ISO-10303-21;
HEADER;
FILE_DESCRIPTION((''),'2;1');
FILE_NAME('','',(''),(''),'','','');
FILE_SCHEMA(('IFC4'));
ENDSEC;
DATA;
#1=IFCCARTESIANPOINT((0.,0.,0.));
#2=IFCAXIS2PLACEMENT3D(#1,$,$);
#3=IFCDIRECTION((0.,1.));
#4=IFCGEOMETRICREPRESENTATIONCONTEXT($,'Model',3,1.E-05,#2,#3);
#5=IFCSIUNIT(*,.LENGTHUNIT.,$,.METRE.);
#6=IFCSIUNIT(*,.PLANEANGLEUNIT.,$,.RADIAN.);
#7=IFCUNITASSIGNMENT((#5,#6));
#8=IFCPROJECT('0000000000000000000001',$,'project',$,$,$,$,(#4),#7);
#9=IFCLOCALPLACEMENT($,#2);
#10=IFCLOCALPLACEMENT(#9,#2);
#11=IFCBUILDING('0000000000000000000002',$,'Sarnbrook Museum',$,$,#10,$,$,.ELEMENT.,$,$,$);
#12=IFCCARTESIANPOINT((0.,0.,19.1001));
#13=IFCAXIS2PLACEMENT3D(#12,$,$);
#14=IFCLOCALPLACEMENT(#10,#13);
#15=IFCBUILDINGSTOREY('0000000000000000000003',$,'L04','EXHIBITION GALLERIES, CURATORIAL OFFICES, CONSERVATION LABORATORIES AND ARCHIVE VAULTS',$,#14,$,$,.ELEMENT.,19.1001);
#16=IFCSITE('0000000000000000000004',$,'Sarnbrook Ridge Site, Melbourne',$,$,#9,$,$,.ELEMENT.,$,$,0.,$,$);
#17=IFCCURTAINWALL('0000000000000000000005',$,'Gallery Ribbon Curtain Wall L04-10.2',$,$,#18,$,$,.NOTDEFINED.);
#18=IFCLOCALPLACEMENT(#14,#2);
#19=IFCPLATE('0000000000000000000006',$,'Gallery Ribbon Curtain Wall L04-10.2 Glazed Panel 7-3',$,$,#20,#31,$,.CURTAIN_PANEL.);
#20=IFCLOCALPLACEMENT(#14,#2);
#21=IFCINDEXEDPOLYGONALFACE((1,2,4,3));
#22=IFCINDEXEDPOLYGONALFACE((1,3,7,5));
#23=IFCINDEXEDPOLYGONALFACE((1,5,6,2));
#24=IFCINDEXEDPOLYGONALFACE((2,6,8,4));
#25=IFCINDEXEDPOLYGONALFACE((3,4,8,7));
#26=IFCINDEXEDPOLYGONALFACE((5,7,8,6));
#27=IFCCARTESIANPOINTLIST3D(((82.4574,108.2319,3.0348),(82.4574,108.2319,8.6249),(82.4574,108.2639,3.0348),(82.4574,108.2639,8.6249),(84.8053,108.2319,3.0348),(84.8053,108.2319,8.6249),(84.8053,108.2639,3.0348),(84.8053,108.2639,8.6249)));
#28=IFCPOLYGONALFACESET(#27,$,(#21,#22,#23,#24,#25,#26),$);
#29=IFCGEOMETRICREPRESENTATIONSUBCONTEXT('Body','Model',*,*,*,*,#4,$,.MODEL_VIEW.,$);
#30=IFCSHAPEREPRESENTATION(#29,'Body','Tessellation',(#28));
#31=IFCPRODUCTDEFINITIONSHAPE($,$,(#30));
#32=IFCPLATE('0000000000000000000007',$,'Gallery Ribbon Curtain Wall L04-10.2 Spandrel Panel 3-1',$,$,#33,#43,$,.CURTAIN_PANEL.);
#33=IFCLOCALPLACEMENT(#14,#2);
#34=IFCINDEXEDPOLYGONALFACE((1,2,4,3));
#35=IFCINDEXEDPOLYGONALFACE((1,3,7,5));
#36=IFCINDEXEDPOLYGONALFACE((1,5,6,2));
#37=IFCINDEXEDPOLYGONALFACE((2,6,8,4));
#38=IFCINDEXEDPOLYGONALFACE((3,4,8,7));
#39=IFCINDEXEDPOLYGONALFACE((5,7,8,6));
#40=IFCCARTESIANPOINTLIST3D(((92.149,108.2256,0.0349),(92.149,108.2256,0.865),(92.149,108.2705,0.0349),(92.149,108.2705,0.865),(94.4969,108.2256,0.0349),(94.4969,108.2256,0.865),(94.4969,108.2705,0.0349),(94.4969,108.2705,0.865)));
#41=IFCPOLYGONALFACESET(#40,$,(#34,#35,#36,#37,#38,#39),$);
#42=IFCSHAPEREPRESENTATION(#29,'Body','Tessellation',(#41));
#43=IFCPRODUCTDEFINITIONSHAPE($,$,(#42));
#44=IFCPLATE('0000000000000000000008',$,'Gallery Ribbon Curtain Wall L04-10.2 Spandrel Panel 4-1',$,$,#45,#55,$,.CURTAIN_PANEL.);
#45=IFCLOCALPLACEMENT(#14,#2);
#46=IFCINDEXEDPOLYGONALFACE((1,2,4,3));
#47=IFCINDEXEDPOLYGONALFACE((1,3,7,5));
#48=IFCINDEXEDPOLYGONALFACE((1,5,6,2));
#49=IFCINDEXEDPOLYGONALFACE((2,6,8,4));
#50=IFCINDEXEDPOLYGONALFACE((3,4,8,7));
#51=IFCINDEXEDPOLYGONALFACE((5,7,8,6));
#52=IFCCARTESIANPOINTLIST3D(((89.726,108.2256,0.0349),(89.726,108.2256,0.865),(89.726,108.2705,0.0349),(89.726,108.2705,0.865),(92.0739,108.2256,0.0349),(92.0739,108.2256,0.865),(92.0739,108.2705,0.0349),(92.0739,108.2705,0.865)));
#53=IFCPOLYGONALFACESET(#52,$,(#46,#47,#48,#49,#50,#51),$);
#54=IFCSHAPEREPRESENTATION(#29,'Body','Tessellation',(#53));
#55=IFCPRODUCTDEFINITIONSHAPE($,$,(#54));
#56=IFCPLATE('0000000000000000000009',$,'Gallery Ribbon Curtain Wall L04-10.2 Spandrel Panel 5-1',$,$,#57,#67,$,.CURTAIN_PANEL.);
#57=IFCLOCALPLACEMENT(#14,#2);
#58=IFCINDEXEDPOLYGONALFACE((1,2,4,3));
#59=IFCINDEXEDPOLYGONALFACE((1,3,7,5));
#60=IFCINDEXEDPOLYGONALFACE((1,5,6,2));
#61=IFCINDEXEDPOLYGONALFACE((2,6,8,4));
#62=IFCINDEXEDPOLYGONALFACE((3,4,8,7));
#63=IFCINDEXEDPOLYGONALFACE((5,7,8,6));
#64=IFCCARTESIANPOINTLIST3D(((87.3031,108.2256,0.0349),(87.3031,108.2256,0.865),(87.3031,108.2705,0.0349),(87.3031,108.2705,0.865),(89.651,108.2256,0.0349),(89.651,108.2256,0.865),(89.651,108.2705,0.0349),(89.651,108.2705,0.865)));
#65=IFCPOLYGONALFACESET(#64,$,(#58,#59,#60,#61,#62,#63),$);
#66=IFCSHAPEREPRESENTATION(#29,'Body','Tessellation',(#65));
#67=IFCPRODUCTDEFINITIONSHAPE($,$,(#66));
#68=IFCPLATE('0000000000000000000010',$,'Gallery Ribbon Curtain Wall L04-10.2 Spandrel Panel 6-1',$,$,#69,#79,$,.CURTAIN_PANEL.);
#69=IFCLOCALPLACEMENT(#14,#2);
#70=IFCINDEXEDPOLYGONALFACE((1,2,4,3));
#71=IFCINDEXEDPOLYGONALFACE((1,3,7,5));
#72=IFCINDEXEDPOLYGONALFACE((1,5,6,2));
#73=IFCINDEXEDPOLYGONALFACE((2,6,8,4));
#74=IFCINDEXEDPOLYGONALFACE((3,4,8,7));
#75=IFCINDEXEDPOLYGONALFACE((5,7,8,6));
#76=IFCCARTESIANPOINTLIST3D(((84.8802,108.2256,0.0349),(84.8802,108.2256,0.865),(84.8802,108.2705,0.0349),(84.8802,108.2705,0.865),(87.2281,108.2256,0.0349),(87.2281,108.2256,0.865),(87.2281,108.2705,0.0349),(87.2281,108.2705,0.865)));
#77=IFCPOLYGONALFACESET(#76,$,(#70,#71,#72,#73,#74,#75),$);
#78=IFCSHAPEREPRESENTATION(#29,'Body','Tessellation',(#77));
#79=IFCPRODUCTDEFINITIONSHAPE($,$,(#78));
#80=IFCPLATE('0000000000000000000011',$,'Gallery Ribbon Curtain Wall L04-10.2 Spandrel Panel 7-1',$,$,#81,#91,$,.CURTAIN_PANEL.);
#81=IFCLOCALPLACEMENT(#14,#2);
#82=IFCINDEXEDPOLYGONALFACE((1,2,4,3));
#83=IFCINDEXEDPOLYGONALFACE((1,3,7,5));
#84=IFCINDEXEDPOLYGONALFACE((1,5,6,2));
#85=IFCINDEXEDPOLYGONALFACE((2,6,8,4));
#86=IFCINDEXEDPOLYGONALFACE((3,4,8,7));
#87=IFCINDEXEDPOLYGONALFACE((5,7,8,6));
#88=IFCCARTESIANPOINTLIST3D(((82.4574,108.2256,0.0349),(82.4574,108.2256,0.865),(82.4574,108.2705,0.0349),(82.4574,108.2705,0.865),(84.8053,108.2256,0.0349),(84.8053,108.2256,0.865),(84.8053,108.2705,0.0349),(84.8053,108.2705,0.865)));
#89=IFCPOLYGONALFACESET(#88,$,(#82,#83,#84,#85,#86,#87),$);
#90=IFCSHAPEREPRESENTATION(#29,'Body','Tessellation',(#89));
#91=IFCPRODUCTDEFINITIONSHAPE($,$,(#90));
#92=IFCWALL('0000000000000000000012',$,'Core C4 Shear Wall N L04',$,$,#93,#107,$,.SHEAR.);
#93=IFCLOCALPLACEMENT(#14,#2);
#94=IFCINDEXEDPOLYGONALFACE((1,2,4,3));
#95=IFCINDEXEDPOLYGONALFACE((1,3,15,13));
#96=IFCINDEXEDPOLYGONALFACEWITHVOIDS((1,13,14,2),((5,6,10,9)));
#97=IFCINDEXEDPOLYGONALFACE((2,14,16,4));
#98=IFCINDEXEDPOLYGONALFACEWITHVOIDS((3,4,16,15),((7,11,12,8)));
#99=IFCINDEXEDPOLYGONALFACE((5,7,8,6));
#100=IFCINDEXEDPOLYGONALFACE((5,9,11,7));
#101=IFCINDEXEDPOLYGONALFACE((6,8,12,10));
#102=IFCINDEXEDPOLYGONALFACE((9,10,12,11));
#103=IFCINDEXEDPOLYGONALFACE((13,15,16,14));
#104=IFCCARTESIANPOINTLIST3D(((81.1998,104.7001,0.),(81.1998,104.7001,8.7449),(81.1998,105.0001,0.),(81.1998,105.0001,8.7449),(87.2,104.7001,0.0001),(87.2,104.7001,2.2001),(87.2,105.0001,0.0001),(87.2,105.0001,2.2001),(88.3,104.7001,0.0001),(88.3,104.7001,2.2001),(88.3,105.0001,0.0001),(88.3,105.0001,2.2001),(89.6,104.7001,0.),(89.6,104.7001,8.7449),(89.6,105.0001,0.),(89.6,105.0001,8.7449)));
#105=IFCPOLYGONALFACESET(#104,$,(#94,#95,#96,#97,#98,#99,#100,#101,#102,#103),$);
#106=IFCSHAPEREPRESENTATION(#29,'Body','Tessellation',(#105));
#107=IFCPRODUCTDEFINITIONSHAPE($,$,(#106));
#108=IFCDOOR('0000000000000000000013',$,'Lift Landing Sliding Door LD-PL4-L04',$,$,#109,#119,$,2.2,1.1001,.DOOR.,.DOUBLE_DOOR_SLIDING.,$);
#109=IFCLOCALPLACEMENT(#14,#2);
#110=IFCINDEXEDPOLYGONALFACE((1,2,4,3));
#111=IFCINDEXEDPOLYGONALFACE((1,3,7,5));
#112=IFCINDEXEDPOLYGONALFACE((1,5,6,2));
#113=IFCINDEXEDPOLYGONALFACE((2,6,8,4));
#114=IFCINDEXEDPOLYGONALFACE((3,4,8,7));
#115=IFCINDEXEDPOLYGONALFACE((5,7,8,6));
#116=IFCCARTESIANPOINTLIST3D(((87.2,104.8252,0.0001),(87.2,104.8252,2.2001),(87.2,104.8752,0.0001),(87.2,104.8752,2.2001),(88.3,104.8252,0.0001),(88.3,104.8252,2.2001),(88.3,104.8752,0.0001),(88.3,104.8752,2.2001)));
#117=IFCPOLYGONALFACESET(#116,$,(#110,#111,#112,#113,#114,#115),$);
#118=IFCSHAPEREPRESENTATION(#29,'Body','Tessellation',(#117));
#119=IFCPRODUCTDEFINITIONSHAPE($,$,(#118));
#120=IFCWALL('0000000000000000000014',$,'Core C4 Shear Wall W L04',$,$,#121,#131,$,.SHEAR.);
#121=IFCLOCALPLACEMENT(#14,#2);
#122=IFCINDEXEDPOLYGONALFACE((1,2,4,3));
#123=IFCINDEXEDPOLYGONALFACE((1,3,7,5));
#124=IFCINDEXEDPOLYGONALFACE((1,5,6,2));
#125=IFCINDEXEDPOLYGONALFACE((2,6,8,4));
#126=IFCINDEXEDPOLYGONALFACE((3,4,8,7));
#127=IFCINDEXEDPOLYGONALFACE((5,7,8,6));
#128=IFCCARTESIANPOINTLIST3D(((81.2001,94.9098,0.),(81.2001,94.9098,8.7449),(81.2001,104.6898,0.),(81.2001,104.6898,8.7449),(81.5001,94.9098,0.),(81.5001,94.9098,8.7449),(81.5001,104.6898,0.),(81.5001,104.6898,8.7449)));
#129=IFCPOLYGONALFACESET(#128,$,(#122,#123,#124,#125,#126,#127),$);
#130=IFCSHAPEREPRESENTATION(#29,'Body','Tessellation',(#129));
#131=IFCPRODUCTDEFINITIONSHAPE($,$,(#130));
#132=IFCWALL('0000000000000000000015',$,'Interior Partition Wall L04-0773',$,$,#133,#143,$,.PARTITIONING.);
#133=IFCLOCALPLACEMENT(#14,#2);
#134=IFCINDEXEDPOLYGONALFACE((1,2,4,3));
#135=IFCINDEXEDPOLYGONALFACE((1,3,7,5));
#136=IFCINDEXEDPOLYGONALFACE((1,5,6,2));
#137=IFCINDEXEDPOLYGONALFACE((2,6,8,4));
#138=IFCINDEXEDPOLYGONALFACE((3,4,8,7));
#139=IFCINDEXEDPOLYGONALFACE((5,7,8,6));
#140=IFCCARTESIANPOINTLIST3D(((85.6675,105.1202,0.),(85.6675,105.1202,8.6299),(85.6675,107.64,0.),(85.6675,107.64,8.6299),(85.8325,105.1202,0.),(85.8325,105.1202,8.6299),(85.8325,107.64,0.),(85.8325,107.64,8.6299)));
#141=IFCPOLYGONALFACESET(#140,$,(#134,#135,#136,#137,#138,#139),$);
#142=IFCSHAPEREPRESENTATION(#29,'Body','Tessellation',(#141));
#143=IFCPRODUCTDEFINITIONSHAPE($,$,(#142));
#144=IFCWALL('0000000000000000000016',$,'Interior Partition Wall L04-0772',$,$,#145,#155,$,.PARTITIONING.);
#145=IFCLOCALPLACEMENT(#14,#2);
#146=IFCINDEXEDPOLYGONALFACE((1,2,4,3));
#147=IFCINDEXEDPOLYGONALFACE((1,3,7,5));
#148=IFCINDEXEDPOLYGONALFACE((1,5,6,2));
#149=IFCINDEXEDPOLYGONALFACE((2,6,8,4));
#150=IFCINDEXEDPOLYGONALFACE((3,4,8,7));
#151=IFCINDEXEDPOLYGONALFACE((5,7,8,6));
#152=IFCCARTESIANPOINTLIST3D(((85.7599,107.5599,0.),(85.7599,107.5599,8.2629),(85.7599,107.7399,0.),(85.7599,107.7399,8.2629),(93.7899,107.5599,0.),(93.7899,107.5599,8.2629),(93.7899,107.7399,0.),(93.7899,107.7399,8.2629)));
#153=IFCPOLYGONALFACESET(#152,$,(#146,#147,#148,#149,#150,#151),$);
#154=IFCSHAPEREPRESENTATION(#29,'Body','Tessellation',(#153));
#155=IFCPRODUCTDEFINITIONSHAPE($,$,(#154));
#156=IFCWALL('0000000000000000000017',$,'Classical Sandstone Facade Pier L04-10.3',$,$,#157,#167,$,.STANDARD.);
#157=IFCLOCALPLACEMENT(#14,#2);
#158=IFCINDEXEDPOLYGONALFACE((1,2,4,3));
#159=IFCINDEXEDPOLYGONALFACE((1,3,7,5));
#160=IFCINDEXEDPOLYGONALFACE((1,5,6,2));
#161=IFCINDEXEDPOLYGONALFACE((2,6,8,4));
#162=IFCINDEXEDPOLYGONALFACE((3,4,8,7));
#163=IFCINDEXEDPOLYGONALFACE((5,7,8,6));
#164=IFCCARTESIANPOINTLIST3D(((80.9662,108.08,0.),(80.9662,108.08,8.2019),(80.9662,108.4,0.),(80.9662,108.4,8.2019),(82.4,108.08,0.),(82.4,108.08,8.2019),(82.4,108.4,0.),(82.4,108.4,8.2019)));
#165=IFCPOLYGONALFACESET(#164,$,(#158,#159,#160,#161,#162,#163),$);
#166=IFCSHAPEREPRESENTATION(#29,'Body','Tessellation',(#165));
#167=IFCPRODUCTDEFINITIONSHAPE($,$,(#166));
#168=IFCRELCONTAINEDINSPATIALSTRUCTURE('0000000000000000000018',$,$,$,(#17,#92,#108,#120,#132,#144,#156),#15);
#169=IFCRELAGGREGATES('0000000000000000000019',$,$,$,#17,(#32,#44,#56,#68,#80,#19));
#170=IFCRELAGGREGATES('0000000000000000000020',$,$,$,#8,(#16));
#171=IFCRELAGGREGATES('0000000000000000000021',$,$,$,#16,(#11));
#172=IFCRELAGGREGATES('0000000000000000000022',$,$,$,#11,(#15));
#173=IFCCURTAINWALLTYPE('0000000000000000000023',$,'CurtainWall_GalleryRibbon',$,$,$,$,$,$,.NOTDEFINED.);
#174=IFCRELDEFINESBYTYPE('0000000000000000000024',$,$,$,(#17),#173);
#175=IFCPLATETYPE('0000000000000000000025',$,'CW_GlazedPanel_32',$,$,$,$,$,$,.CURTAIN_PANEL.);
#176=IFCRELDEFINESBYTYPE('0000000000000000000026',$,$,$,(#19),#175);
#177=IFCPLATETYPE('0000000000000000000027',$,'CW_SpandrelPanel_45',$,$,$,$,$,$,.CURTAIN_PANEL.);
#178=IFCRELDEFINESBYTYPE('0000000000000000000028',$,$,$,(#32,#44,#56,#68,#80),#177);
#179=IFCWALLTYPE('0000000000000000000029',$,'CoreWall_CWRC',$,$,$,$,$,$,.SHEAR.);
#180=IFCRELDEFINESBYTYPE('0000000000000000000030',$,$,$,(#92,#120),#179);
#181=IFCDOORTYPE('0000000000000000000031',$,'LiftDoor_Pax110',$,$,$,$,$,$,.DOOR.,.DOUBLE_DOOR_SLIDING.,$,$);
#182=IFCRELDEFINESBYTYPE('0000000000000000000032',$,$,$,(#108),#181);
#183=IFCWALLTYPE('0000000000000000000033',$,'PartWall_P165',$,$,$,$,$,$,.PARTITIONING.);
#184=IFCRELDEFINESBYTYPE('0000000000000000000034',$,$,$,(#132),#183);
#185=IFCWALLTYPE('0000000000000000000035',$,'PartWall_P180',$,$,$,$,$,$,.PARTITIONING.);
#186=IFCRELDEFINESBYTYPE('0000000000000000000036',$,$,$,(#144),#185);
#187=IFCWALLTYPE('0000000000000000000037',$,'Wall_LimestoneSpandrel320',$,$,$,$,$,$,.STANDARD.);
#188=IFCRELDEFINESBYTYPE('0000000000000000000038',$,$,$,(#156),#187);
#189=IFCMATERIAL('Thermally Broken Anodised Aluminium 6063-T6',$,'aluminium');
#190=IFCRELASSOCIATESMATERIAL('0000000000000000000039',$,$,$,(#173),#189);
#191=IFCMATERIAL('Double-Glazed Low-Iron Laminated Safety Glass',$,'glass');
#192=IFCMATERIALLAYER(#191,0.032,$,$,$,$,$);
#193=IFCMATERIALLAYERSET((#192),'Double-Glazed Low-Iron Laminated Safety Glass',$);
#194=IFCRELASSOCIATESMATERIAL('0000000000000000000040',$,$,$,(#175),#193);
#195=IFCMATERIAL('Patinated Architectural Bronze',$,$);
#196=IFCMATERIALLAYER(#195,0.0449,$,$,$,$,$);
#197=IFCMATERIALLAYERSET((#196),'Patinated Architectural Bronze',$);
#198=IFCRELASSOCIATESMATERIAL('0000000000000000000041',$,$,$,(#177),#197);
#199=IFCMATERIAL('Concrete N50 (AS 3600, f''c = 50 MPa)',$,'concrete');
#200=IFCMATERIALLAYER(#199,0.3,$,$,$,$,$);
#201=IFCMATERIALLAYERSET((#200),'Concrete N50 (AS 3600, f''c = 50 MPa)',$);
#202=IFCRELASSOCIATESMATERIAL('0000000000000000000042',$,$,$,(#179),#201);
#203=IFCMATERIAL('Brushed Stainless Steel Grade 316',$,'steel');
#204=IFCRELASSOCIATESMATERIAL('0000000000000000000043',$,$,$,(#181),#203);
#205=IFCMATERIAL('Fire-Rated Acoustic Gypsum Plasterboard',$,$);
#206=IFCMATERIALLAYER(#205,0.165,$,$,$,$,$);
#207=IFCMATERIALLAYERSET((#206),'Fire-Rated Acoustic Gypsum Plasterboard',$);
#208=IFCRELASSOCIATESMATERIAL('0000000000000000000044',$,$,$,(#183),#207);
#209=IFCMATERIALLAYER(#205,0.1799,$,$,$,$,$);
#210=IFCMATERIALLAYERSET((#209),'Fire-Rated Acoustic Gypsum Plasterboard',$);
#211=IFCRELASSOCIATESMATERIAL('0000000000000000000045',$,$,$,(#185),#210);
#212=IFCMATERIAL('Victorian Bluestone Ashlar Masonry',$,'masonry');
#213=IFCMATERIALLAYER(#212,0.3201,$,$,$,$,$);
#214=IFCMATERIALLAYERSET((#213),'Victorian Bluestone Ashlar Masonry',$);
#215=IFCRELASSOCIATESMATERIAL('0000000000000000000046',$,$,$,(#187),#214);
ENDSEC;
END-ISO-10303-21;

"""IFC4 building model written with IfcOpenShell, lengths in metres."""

from ifc_helpers import new_model, si_unit, direction, frame, frame_2d, origin, origin_2d, place, context, subcontext, project, spatial, rectangle, extrude, material, layer, layer_set, type_object, element, fill, aggregate, save


model = new_model("IFC4")

# Units and contexts
model_context = context("Model", 3, precision=1e-05, world=origin(), true_north=direction((0.0, 1.0)))
body_context = subcontext(model_context, "Body", "Model", "MODEL_VIEW")
ifc_project = project(units=[si_unit("LENGTHUNIT", "METRE"), si_unit("PLANEANGLEUNIT", "RADIAN")], contexts=[model_context])

# Site, building, storey
site_placement = place(None, origin())
site = spatial("IfcSite", under=ifc_project, at=site_placement, Name="Sarnbrook Ridge Site, Melbourne", CompositionType="ELEMENT", RefElevation=0.0)
building_placement = place(site_placement, origin())
building = spatial("IfcBuilding", under=site, at=building_placement, Name="Sarnbrook Museum", CompositionType="ELEMENT")
storey_placement = place(building_placement, frame((0.0, 0.0, 19.1001)))
storey = spatial("IfcBuildingStorey", under=building, at=storey_placement, Name="L04", Description="EXHIBITION GALLERIES, CURATORIAL OFFICES, CONSERVATION LABORATORIES AND ARCHIVE VAULTS", CompositionType="ELEMENT", Elevation=19.1001)

# Curtain wall
ifc_material_1 = material(Name="Thermally Broken Anodised Aluminium 6063-T6", Category="aluminium")
curtain_wall_type = type_object("IfcCurtainWallType", Name="CurtainWall_GalleryRibbon", PredefinedType="NOTDEFINED", material=ifc_material_1)
curtain_wall_placement = place(storey_placement, origin())
curtain_wall = element("IfcCurtainWall", 1, at=curtain_wall_placement, inside=storey, type_object=curtain_wall_type, Name="Gallery Ribbon Curtain Wall L04-10.2", PredefinedType="NOTDEFINED")

# Plates
ifc_material_2 = material(Name="Double-Glazed Low-Iron Laminated Safety Glass", Category="glass")
ifc_layer_1 = layer(ifc_material_2, 0.032)
ifc_layer_set_1 = layer_set([ifc_layer_1], Name="Double-Glazed Low-Iron Laminated Safety Glass")
plate_type_1 = type_object("IfcPlateType", Name="CW_GlazedPanel_32", PredefinedType="CURTAIN_PANEL", material=ifc_layer_set_1)
plate_1_placement = place(storey_placement, frame((83.6313, 108.2319, 5.8298), z_axis=(0.0, 1.0, 0.0), x_axis=(-1.0, 0.0, 0.0)))
plate_1 = element("IfcPlate", 2, at=plate_1_placement, type_object=plate_type_1, Name="Gallery Ribbon Curtain Wall L04-10.2 Glazed Panel 7-3", PredefinedType="CURTAIN_PANEL", context=body_context, shape_type="SweptSolid", body=[
    extrude(rectangle(XDim=2.3479, YDim=5.5901, at=origin_2d()), origin(), (0.0, 0.0, 1.0), 0.032),
])
ifc_material_3 = material(Name="Patinated Architectural Bronze")
ifc_layer_2 = layer(ifc_material_3, 0.0449)
ifc_layer_set_2 = layer_set([ifc_layer_2], Name="Patinated Architectural Bronze")
plate_type_2 = type_object("IfcPlateType", Name="CW_SpandrelPanel_45", PredefinedType="CURTAIN_PANEL", material=ifc_layer_set_2)
plate_2_placement = place(storey_placement, frame((93.323, 108.2256, 0.45), z_axis=(0.0, 1.0, 0.0), x_axis=(-1.0, 0.0, 0.0)))
plate_2 = element("IfcPlate", 3, at=plate_2_placement, type_object=plate_type_2, Name="Gallery Ribbon Curtain Wall L04-10.2 Spandrel Panel 3-1", PredefinedType="CURTAIN_PANEL", context=body_context, shape_type="SweptSolid", body=[
    extrude(rectangle(XDim=2.3479, YDim=0.8301, at=origin_2d()), origin(), (0.0, 0.0, 1.0), 0.0449),
])
plate_3_placement = place(storey_placement, frame((90.8999, 108.2256, 0.45), z_axis=(0.0, 1.0, 0.0), x_axis=(-1.0, 0.0, 0.0)))
plate_3 = element("IfcPlate", 4, at=plate_3_placement, type_object=plate_type_2, Name="Gallery Ribbon Curtain Wall L04-10.2 Spandrel Panel 4-1", PredefinedType="CURTAIN_PANEL", context=body_context, shape_type="SweptSolid", body=[
    extrude(rectangle(XDim=2.3479, YDim=0.8301, at=origin_2d()), origin(), (0.0, 0.0, 1.0), 0.0449),
])
plate_4_placement = place(storey_placement, frame((88.4771, 108.2256, 0.45), z_axis=(0.0, 1.0, 0.0), x_axis=(-1.0, 0.0, 0.0)))
plate_4 = element("IfcPlate", 5, at=plate_4_placement, type_object=plate_type_2, Name="Gallery Ribbon Curtain Wall L04-10.2 Spandrel Panel 5-1", PredefinedType="CURTAIN_PANEL", context=body_context, shape_type="SweptSolid", body=[
    extrude(rectangle(XDim=2.3479, YDim=0.8301, at=origin_2d()), origin(), (0.0, 0.0, 1.0), 0.0449),
])
plate_5_placement = place(storey_placement, frame((86.0542, 108.2256, 0.45), z_axis=(0.0, 1.0, 0.0), x_axis=(-1.0, 0.0, 0.0)))
plate_5 = element("IfcPlate", 6, at=plate_5_placement, type_object=plate_type_2, Name="Gallery Ribbon Curtain Wall L04-10.2 Spandrel Panel 6-1", PredefinedType="CURTAIN_PANEL", context=body_context, shape_type="SweptSolid", body=[
    extrude(rectangle(XDim=2.3479, YDim=0.8301, at=origin_2d()), origin(), (0.0, 0.0, 1.0), 0.0449),
])
plate_6_placement = place(storey_placement, frame((83.6313, 108.2256, 0.45), z_axis=(0.0, 1.0, 0.0), x_axis=(-1.0, 0.0, 0.0)))
plate_6 = element("IfcPlate", 7, at=plate_6_placement, type_object=plate_type_2, Name="Gallery Ribbon Curtain Wall L04-10.2 Spandrel Panel 7-1", PredefinedType="CURTAIN_PANEL", context=body_context, shape_type="SweptSolid", body=[
    extrude(rectangle(XDim=2.3479, YDim=0.8301, at=origin_2d()), origin(), (0.0, 0.0, 1.0), 0.0449),
])
aggregate(curtain_wall, [plate_2, plate_3, plate_4, plate_5, plate_6, plate_1])

# Wall, opening, door
ifc_material_4 = material(Name="Concrete N50 (AS 3600, f'c = 50 MPa)", Category="concrete")
ifc_layer_3 = layer(ifc_material_4, 0.3)
ifc_layer_set_3 = layer_set([ifc_layer_3], Name="Concrete N50 (AS 3600, f'c = 50 MPa)")
wall_type_1 = type_object("IfcWallType", Name="CoreWall_CWRC", PredefinedType="SHEAR", material=ifc_layer_set_3)
wall_1_placement = place(storey_placement, frame((89.6001, 104.8501, 0.0), z_axis=(0.0, 0.0, 1.0), x_axis=(-1.0, 0.0, 0.0)))
wall_1 = element("IfcWall", 8, at=wall_1_placement, inside=storey, type_object=wall_type_1, Name="Core C4 Shear Wall N L04", PredefinedType="SHEAR", context=body_context, shape_type="SweptSolid", body=[
    extrude(rectangle(XDim=8.4001, YDim=0.3, at=frame_2d((4.2002, 0.0))), origin(), (0.0, 0.0, 1.0), 8.7449),
])
opening_placement = place(wall_1_placement, frame((1.3, 0.0, 0.0)))
opening = element("IfcOpeningElement", 9, at=opening_placement, cuts=wall_1, PredefinedType="OPENING", context=body_context, shape_type="SweptSolid", body=[
    extrude(rectangle(XDim=1.1001, YDim=2.2, at=frame_2d((0.55, 1.1001))), frame((0.0, 0.1602, 0.0), z_axis=(0.0, -1.0, 0.0), x_axis=(1.0, 0.0, 0.0)), (0.0, 0.0, 1.0), 0.3201),
])
ifc_material_5 = material(Name="Brushed Stainless Steel Grade 316", Category="steel")
door_type = type_object("IfcDoorType", Name="LiftDoor_Pax110", OperationType="DOUBLE_DOOR_SLIDING", PredefinedType="DOOR", material=ifc_material_5)
door_placement = place(opening_placement, origin())
door = element("IfcDoor", 10, at=door_placement, inside=storey, type_object=door_type, Name="Lift Landing Sliding Door LD-PL4-L04", OperationType="DOUBLE_DOOR_SLIDING", OverallHeight=2.2, OverallWidth=1.1001, PredefinedType="DOOR", context=body_context, shape_type="SweptSolid", body=[
    extrude(rectangle(XDim=1.1001, YDim=2.2, at=frame_2d((0.55, 1.1001))), frame((0.0, 0.0249, 0.0), z_axis=(0.0, -1.0, 0.0), x_axis=(1.0, 0.0, 0.0)), (0.0, 0.0, 1.0), 0.05),
])
fill(opening, door)

# Walls
wall_2_placement = place(storey_placement, frame((81.3501, 104.6899, 0.0), z_axis=(0.0, 0.0, 1.0), x_axis=(0.0, -1.0, 0.0)))
element("IfcWall", 11, at=wall_2_placement, inside=storey, type_object=wall_type_1, Name="Core C4 Shear Wall W L04", PredefinedType="SHEAR", context=body_context, shape_type="SweptSolid", body=[
    extrude(rectangle(XDim=9.78, YDim=0.3, at=frame_2d((4.8901, 0.0))), origin(), (0.0, 0.0, 1.0), 8.7449),
])
ifc_material_6 = material(Name="Fire-Rated Acoustic Gypsum Plasterboard")
ifc_layer_4 = layer(ifc_material_6, 0.165)
ifc_layer_set_4 = layer_set([ifc_layer_4], Name="Fire-Rated Acoustic Gypsum Plasterboard")
wall_type_2 = type_object("IfcWallType", Name="PartWall_P165", PredefinedType="PARTITIONING", material=ifc_layer_set_4)
wall_3_placement = place(storey_placement, frame((85.75, 107.6399, 0.0), z_axis=(0.0, 0.0, 1.0), x_axis=(0.0, -1.0, 0.0)))
element("IfcWall", 12, at=wall_3_placement, inside=storey, type_object=wall_type_2, Name="Interior Partition Wall L04-0773", PredefinedType="PARTITIONING", context=body_context, shape_type="SweptSolid", body=[
    extrude(rectangle(XDim=2.5198, YDim=0.165, at=frame_2d((1.2598, 0.0))), origin(), (0.0, 0.0, 1.0), 8.6299),
])
ifc_layer_5 = layer(ifc_material_6, 0.1799)
ifc_layer_set_5 = layer_set([ifc_layer_5], Name="Fire-Rated Acoustic Gypsum Plasterboard")
wall_type_3 = type_object("IfcWallType", Name="PartWall_P180", PredefinedType="PARTITIONING", material=ifc_layer_set_5)
wall_4_placement = place(storey_placement, frame((93.79, 107.6499, 0.0), z_axis=(0.0, 0.0, 1.0), x_axis=(-1.0, 0.0, 0.0)))
element("IfcWall", 13, at=wall_4_placement, inside=storey, type_object=wall_type_3, Name="Interior Partition Wall L04-0772", PredefinedType="PARTITIONING", context=body_context, shape_type="SweptSolid", body=[
    extrude(rectangle(XDim=8.03, YDim=0.1799, at=frame_2d((4.0151, 0.0))), origin(), (0.0, 0.0, 1.0), 8.2629),
])
ifc_material_7 = material(Name="Victorian Bluestone Ashlar Masonry", Category="masonry")
ifc_layer_6 = layer(ifc_material_7, 0.3201)
ifc_layer_set_6 = layer_set([ifc_layer_6], Name="Victorian Bluestone Ashlar Masonry")
wall_type_4 = type_object("IfcWallType", Name="Wall_LimestoneSpandrel320", PredefinedType="STANDARD", material=ifc_layer_set_6)
wall_5_placement = place(storey_placement, frame((82.3999, 108.24, 0.0), z_axis=(0.0, 0.0, 1.0), x_axis=(-1.0, 0.0, 0.0)))
element("IfcWall", 14, at=wall_5_placement, inside=storey, type_object=wall_type_4, Name="Classical Sandstone Facade Pier L04-10.3", PredefinedType="STANDARD", context=body_context, shape_type="SweptSolid", body=[
    extrude(rectangle(XDim=1.4338, YDim=0.3201, at=frame_2d((0.7168, 0.0))), origin(), (0.0, 0.0, 1.0), 8.2019),
])

save(model, "model.ifc")
